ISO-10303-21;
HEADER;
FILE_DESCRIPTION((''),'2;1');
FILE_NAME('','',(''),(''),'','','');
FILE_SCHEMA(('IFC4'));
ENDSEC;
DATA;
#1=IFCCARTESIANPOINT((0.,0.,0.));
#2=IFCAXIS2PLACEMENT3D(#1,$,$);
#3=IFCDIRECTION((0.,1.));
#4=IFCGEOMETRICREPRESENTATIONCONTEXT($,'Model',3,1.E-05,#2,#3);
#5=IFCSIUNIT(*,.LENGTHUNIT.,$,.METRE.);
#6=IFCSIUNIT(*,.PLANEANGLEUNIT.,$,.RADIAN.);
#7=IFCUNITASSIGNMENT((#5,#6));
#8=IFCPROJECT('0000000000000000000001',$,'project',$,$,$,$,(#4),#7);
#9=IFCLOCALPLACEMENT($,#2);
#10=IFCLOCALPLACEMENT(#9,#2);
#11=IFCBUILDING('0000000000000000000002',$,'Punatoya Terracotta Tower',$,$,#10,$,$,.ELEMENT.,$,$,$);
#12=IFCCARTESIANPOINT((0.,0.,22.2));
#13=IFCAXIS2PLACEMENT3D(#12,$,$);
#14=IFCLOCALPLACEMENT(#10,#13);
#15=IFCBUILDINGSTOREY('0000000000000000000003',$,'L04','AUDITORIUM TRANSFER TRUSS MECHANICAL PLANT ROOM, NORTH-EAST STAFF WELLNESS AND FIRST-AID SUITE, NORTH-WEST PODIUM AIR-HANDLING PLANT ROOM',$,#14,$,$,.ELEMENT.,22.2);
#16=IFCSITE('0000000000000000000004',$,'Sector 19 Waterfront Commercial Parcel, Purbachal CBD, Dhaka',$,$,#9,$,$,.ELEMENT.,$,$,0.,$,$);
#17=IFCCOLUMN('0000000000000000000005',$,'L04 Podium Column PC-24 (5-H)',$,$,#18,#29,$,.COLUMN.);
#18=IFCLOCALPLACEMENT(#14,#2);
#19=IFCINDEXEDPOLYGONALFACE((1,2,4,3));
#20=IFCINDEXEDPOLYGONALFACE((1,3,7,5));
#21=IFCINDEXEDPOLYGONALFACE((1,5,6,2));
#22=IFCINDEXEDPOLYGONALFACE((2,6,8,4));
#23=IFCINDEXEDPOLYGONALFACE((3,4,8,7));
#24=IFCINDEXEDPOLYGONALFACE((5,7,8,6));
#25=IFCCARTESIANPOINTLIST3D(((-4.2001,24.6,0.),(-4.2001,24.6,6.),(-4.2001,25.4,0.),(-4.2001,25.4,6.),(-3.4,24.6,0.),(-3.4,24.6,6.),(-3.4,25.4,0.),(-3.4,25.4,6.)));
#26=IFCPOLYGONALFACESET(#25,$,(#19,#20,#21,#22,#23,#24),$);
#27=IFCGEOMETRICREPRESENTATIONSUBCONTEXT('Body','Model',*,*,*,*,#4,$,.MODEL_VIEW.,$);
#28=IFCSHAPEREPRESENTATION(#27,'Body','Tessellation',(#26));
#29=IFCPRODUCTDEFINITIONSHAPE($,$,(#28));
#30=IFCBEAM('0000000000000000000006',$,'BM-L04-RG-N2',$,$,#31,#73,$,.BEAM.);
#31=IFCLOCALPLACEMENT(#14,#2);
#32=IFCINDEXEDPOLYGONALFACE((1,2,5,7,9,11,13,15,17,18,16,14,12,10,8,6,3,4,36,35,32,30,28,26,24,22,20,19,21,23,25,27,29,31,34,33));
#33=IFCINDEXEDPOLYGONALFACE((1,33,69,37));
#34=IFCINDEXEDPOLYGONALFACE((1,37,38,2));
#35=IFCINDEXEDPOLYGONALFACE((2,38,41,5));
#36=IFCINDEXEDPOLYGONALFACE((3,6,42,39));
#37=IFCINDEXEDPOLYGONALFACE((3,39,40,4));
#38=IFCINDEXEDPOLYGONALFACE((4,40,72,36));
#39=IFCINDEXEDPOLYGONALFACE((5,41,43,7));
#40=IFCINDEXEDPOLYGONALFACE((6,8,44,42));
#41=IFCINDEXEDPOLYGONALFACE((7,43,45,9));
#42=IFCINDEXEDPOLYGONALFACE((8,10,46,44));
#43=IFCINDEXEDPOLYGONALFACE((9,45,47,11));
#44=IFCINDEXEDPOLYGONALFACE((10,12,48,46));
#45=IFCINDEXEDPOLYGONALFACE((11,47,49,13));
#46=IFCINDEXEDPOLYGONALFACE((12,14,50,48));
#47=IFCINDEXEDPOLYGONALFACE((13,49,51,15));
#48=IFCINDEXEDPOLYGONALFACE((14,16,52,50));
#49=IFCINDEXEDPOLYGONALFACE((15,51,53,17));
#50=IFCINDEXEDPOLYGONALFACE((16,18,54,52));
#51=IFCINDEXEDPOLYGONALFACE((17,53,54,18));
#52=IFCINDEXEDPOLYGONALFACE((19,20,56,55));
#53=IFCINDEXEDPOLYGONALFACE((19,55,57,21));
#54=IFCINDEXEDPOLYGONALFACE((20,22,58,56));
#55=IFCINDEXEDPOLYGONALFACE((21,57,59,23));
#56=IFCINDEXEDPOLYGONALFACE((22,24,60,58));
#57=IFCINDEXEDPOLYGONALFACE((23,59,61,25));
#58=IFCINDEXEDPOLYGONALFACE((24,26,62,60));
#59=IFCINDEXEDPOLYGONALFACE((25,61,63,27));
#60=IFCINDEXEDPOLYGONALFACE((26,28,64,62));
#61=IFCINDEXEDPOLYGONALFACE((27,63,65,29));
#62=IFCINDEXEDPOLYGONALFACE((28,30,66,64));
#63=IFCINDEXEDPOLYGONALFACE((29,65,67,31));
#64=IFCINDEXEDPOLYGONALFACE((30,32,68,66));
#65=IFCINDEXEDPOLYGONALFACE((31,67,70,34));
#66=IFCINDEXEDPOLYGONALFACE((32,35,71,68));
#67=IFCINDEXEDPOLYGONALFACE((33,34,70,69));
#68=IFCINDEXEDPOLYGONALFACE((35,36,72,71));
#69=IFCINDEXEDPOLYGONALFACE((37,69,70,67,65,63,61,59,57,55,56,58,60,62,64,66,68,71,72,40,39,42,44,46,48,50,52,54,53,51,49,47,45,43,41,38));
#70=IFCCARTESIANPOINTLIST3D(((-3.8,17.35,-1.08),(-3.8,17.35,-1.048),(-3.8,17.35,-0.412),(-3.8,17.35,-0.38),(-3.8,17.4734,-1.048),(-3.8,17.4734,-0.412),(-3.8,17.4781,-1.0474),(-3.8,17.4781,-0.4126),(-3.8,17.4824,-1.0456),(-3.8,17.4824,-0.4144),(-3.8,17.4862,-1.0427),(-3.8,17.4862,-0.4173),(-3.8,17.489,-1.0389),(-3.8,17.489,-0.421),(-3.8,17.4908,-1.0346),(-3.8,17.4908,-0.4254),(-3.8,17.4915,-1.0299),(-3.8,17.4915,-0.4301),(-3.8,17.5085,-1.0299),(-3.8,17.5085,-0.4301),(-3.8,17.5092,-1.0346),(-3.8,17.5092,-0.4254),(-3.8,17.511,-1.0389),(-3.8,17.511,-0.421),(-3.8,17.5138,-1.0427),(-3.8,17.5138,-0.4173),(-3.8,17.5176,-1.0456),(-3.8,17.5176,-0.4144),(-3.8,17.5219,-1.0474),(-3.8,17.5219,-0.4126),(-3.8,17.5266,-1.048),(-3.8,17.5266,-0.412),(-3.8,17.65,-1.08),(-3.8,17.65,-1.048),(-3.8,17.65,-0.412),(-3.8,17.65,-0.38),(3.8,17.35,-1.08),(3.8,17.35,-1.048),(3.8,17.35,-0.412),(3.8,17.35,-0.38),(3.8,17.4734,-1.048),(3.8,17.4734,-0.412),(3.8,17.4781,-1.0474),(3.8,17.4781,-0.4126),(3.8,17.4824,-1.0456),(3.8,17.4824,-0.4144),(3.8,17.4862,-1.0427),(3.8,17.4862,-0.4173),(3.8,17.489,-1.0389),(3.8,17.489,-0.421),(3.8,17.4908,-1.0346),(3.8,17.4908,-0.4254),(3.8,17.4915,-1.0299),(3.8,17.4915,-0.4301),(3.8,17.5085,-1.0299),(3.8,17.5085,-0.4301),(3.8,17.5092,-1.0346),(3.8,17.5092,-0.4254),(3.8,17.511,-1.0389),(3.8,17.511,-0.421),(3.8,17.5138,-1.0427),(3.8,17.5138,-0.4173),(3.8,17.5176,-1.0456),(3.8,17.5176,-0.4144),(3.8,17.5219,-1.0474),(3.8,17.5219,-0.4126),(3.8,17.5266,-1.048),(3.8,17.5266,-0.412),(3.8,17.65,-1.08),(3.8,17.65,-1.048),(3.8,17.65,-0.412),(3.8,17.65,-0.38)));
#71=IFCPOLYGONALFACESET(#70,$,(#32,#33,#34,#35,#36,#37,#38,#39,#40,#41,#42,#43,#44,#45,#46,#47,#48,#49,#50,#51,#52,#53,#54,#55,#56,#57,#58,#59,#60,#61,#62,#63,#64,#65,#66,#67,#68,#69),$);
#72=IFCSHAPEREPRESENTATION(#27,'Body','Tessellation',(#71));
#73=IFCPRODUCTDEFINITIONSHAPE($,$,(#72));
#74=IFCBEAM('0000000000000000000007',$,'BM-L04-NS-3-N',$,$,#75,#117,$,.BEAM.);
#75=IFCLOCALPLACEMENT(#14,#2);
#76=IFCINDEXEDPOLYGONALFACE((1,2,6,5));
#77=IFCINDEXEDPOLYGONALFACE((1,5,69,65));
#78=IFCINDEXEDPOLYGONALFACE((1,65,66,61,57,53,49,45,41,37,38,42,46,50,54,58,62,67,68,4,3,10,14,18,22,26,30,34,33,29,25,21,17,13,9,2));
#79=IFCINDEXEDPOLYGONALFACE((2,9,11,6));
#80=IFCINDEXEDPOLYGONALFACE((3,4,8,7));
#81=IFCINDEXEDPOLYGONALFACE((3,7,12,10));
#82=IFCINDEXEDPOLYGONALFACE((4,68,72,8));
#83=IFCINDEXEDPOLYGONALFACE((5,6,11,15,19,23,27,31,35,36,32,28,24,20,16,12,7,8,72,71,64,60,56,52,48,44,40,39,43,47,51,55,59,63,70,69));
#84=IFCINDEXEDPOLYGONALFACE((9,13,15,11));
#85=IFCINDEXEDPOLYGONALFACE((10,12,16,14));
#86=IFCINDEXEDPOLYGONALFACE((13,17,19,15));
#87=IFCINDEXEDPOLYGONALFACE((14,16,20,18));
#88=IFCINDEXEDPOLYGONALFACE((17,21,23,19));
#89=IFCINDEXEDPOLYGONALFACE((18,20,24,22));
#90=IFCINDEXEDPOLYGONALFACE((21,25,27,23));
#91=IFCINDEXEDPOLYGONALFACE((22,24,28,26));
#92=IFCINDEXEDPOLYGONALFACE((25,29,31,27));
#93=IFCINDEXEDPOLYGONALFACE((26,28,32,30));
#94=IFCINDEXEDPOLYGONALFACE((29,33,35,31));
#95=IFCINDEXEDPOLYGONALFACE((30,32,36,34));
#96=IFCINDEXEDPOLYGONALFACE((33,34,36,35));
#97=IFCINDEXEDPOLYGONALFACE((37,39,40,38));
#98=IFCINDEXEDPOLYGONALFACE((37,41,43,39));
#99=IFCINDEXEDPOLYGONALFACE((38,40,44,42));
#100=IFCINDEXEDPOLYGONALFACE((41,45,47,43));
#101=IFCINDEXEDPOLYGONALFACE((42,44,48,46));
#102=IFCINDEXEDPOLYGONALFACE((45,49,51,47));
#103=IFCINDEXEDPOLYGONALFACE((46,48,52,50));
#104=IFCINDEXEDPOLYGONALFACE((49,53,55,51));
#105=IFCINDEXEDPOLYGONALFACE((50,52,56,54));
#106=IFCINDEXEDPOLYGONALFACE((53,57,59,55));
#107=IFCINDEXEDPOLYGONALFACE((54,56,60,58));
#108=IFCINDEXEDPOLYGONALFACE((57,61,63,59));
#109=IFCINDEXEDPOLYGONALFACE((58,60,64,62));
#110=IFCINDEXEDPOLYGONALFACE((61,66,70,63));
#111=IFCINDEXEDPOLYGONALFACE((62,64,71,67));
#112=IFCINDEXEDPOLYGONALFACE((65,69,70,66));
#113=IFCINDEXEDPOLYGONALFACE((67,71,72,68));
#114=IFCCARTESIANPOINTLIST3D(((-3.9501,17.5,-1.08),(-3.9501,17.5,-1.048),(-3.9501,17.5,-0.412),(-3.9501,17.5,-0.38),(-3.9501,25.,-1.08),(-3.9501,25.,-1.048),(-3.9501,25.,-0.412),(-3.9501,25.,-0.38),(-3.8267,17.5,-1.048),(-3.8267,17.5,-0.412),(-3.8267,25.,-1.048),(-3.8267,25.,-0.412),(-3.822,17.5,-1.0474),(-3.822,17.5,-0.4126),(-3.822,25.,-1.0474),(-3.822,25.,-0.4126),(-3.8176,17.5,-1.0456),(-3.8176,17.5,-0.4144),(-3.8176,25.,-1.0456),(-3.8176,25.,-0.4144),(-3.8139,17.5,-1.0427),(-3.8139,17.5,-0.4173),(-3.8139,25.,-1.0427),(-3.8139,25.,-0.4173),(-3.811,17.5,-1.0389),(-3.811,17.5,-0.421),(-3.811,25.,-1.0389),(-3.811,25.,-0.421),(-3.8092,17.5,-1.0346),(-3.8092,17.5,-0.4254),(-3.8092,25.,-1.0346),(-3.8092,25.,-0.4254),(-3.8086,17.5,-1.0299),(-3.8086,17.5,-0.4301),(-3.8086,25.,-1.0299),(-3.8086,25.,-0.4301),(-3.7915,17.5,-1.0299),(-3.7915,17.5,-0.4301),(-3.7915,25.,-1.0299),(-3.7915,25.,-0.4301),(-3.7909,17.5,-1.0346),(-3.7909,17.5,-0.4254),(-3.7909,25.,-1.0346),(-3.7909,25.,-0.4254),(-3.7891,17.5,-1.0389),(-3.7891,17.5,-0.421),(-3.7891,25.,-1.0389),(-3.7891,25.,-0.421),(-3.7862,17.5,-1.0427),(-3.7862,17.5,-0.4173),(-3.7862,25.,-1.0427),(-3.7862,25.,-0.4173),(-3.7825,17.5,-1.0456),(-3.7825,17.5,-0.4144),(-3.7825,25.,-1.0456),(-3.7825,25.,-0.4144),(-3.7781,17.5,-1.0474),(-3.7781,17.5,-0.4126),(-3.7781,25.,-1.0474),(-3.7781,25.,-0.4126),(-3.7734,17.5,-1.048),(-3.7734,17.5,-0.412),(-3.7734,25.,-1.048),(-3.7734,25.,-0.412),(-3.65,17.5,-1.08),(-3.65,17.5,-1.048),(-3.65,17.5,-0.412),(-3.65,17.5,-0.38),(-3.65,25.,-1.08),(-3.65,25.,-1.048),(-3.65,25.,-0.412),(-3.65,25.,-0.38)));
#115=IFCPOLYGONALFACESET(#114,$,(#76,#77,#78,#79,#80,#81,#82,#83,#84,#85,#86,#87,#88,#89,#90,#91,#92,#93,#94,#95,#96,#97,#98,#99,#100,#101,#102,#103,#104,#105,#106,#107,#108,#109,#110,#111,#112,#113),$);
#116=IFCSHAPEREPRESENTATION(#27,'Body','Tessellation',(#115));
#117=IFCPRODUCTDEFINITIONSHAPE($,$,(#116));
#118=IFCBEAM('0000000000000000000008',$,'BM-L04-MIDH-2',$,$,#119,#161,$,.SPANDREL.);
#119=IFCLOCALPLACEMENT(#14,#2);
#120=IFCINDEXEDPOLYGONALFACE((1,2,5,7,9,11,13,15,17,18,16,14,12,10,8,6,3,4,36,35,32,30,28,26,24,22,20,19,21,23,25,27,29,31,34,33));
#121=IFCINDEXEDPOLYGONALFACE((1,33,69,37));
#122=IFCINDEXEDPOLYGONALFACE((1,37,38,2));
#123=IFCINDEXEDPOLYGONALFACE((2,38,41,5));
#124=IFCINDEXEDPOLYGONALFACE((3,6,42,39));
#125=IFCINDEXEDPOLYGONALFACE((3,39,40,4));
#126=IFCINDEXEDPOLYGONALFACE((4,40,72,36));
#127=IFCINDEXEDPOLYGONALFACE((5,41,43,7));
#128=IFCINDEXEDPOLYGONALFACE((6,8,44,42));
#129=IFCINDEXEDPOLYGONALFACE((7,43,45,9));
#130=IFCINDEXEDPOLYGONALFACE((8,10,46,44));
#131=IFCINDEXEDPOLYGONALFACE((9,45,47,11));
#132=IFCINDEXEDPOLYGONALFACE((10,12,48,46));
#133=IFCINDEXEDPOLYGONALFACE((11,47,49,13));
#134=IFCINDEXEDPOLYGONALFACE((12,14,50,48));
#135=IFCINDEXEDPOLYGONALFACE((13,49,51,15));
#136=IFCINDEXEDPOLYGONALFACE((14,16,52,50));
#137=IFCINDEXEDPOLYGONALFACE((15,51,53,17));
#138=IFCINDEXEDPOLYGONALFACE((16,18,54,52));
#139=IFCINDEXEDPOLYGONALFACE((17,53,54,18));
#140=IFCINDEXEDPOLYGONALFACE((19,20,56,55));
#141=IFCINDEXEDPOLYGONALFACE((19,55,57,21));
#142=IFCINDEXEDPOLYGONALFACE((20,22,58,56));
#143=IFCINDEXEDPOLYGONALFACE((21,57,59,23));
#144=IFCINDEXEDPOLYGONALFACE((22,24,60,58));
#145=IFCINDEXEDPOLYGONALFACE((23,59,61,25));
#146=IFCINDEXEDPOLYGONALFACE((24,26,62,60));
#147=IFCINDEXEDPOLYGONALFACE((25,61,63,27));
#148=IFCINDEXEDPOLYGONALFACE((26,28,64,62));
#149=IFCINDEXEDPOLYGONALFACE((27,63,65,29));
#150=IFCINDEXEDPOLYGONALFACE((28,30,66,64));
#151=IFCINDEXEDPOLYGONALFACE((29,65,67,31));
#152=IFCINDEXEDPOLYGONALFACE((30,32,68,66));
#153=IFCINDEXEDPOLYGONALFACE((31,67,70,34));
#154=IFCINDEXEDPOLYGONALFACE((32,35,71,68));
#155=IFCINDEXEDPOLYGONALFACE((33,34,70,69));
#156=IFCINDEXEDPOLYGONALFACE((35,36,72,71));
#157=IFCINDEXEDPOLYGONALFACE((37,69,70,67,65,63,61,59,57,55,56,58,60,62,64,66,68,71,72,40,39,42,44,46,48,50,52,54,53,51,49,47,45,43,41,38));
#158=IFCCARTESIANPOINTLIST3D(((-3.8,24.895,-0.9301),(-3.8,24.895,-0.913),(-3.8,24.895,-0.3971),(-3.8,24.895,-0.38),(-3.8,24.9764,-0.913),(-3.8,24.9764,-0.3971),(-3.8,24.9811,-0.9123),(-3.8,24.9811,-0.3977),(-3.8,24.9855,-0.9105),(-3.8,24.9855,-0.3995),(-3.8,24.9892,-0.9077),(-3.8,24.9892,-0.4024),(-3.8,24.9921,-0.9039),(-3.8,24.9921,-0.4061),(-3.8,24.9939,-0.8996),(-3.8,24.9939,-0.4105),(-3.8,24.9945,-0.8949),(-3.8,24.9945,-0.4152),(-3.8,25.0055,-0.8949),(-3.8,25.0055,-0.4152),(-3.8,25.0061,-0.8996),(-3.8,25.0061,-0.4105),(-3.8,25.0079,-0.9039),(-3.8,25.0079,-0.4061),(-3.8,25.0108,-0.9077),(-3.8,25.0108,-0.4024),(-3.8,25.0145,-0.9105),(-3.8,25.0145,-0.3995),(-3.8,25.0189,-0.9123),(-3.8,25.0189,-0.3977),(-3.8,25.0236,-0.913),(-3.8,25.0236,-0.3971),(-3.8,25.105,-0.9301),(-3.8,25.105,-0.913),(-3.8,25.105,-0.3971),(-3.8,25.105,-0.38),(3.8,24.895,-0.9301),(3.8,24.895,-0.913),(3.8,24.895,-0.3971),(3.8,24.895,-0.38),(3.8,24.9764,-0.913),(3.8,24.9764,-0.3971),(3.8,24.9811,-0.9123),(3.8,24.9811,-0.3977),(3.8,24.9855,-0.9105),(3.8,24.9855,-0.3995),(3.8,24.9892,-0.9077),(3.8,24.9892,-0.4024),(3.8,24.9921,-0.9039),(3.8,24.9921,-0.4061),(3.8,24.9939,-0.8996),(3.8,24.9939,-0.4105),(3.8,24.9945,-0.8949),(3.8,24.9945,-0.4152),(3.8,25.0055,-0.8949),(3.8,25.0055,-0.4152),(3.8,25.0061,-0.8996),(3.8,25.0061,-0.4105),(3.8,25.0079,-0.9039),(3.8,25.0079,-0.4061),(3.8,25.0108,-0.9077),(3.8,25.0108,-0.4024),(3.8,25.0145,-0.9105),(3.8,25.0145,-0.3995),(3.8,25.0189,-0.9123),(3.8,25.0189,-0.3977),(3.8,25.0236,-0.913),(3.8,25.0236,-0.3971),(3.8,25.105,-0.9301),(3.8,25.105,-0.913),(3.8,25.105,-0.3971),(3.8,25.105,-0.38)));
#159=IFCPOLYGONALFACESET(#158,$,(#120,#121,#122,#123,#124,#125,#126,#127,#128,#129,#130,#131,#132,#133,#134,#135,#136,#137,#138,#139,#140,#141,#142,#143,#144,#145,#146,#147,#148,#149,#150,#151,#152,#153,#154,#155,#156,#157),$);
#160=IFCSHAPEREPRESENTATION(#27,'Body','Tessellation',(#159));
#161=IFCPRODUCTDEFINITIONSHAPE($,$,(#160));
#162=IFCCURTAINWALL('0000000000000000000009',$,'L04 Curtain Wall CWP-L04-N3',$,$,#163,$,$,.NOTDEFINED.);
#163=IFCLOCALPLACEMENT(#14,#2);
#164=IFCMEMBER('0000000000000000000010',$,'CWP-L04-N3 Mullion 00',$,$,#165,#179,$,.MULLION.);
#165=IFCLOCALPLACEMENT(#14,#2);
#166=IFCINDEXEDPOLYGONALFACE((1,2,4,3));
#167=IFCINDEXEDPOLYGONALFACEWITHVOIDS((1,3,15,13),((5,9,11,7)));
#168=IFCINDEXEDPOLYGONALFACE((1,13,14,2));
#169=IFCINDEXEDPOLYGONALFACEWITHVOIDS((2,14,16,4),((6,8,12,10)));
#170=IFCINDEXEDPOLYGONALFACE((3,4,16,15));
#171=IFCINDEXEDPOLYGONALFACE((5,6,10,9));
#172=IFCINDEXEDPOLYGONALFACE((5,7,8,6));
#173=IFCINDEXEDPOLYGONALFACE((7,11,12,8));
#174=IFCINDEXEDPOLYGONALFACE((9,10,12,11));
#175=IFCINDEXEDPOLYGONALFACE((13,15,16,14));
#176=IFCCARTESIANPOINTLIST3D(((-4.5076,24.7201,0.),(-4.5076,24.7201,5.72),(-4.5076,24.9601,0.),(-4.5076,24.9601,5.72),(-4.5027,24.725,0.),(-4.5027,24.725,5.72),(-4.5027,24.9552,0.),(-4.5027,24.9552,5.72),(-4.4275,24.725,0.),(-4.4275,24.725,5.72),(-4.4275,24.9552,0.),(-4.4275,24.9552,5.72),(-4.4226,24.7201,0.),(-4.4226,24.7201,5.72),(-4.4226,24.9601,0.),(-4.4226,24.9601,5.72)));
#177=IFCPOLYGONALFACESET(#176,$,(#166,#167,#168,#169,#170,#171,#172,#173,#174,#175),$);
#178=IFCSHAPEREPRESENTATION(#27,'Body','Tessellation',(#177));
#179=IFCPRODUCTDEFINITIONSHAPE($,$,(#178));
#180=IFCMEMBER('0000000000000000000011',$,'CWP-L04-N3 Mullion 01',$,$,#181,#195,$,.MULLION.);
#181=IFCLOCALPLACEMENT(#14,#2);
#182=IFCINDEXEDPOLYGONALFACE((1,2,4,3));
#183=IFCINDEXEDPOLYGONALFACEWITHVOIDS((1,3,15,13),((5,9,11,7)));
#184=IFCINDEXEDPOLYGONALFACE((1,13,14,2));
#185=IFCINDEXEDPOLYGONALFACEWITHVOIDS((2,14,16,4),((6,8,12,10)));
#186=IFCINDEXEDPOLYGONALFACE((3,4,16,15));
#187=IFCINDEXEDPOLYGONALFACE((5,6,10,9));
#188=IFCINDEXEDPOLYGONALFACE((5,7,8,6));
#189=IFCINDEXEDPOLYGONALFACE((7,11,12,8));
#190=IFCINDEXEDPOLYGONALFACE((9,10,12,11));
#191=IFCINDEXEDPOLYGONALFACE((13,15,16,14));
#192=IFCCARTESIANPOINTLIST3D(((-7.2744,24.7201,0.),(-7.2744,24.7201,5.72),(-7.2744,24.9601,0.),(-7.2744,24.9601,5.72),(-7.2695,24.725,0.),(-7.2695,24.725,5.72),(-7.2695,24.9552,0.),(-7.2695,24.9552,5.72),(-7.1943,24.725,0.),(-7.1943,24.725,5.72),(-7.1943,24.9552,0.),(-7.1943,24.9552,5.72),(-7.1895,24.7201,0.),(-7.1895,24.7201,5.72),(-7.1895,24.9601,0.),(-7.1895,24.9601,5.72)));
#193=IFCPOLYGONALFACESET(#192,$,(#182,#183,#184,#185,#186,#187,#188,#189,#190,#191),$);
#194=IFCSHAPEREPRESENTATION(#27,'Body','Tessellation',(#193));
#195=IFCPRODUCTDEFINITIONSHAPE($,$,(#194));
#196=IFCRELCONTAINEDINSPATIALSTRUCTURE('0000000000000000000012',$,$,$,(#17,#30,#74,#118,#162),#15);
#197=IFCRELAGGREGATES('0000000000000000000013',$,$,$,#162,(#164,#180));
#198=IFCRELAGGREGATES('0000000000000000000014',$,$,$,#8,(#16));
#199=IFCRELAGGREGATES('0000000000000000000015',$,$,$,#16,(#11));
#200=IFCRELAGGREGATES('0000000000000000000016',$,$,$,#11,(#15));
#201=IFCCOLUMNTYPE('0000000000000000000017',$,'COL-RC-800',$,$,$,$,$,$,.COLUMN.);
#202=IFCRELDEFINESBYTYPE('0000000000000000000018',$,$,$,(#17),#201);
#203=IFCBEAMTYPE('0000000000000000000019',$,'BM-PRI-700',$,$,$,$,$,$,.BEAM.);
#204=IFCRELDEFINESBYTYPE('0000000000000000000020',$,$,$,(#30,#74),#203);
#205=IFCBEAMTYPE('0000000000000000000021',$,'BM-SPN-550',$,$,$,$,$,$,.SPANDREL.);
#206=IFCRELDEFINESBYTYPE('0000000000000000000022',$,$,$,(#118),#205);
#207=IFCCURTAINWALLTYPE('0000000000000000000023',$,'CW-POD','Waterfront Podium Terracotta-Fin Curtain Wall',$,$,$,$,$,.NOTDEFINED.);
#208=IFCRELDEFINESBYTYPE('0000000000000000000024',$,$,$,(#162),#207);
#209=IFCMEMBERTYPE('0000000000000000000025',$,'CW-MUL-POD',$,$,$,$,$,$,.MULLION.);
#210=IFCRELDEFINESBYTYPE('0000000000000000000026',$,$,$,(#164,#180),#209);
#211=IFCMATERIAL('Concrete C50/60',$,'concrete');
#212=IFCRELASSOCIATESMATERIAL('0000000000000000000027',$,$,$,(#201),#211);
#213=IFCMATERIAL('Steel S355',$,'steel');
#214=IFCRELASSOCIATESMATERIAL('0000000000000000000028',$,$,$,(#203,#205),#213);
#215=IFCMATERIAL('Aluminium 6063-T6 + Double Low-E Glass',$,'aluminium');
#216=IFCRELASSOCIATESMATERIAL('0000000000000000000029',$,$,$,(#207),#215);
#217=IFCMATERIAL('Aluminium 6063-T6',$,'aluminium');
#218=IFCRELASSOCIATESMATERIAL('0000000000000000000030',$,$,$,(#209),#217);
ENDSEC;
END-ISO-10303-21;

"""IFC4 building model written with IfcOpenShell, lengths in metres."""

from ifc_helpers import new_model, si_unit, direction, frame, origin, origin_2d, place, context, subcontext, project, spatial, rectangle, hollow_rectangle, i_section, extrude, material, material_profile, profile_set, type_object, element, aggregate, save


model = new_model("IFC4")

# Units and contexts
model_context = context("Model", 3, precision=1e-05, world=origin(), true_north=direction((0.0, 1.0)))
body_context = subcontext(model_context, "Body", "Model", "MODEL_VIEW")
ifc_project = project(units=[si_unit("LENGTHUNIT", "METRE"), si_unit("PLANEANGLEUNIT", "RADIAN")], contexts=[model_context])

# Site, building, storey
site_placement = place(None, origin())
site = spatial("IfcSite", under=ifc_project, at=site_placement, Name="Sector 19 Waterfront Commercial Parcel, Purbachal CBD, Dhaka", CompositionType="ELEMENT", RefElevation=0.0)
building_placement = place(site_placement, origin())
building = spatial("IfcBuilding", under=site, at=building_placement, Name="Punatoya Terracotta Tower", CompositionType="ELEMENT")
storey_placement = place(building_placement, frame((0.0, 0.0, 22.2)))
storey = spatial("IfcBuildingStorey", under=building, at=storey_placement, Name="L04", Description="AUDITORIUM TRANSFER TRUSS MECHANICAL PLANT ROOM, NORTH-EAST STAFF WELLNESS AND FIRST-AID SUITE, NORTH-WEST PODIUM AIR-HANDLING PLANT ROOM", CompositionType="ELEMENT", Elevation=22.2)

# Column
ifc_material_1 = material(Name="Concrete C50/60", Category="concrete")
ifc_material_profile_1 = material_profile(ifc_material_1, rectangle(XDim=0.8, YDim=0.8, at=origin_2d()))
ifc_profile_set_1 = profile_set([ifc_material_profile_1], Name="Concrete C50/60")
column_type = type_object("IfcColumnType", Name="COL-RC-800", PredefinedType="COLUMN", material=ifc_profile_set_1)
column_placement = place(storey_placement, frame((-3.8, 25.0, 0.0), z_axis=(0.0, 0.0, 1.0), x_axis=(1.0, 0.0, 0.0)))
element("IfcColumn", 1, at=column_placement, inside=storey, type_object=column_type, Name="L04 Podium Column PC-24 (5-H)", PredefinedType="COLUMN", context=body_context, shape_type="SweptSolid", body=[
    extrude(rectangle(XDim=0.8, YDim=0.8, at=origin_2d()), origin(), (0.0, 0.0, 1.0), 6.0),
])

# Beams
ifc_material_2 = material(Name="Steel S355", Category="steel")
ifc_material_profile_2 = material_profile(ifc_material_2, i_section(OverallWidth=0.3, OverallDepth=0.7, WebThickness=0.0171, FlangeThickness=0.032, FilletRadius=0.0181, at=origin_2d()))
ifc_profile_set_2 = profile_set([ifc_material_profile_2], Name="Steel S355")
beam_type_1 = type_object("IfcBeamType", Name="BM-PRI-700", PredefinedType="BEAM", material=ifc_profile_set_2)
beam_1_placement = place(storey_placement, frame((-3.8, 17.5, -0.73), z_axis=(1.0, 0.0, 0.0), x_axis=(0.0, 1.0, 0.0)))
element("IfcBeam", 2, at=beam_1_placement, inside=storey, type_object=beam_type_1, Name="BM-L04-RG-N2", PredefinedType="BEAM", context=body_context, shape_type="SweptSolid", body=[
    extrude(i_section(OverallWidth=0.3, OverallDepth=0.7, WebThickness=0.0171, FlangeThickness=0.032, FilletRadius=0.0181, at=origin_2d()), origin(), (0.0, 0.0, 1.0), 7.6001),
])
beam_2_placement = place(storey_placement, frame((-3.8, 17.5, -0.73), z_axis=(0.0, 1.0, 0.0), x_axis=(-1.0, 0.0, 0.0)))
element("IfcBeam", 3, at=beam_2_placement, inside=storey, type_object=beam_type_1, Name="BM-L04-NS-3-N", PredefinedType="BEAM", context=body_context, shape_type="SweptSolid", body=[
    extrude(i_section(OverallWidth=0.3, OverallDepth=0.7, WebThickness=0.0171, FlangeThickness=0.032, FilletRadius=0.0181, at=origin_2d()), origin(), (0.0, 0.0, 1.0), 7.5),
])
ifc_material_profile_3 = material_profile(ifc_material_2, i_section(OverallWidth=0.21, OverallDepth=0.55, WebThickness=0.011, FlangeThickness=0.0171, FilletRadius=0.0181, at=origin_2d()))
ifc_profile_set_3 = profile_set([ifc_material_profile_3], Name="Steel S355")
beam_type_2 = type_object("IfcBeamType", Name="BM-SPN-550", PredefinedType="SPANDREL", material=ifc_profile_set_3)
beam_3_placement = place(storey_placement, frame((-3.8, 25.0, -0.655), z_axis=(1.0, 0.0, 0.0), x_axis=(0.0, 1.0, 0.0)))
element("IfcBeam", 4, at=beam_3_placement, inside=storey, type_object=beam_type_2, Name="BM-L04-MIDH-2", PredefinedType="SPANDREL", context=body_context, shape_type="SweptSolid", body=[
    extrude(i_section(OverallWidth=0.21, OverallDepth=0.55, WebThickness=0.011, FlangeThickness=0.0171, FilletRadius=0.0181, at=origin_2d()), origin(), (0.0, 0.0, 1.0), 7.6001),
])

# Curtain wall, members
ifc_material_3 = material(Name="Aluminium 6063-T6 + Double Low-E Glass", Category="aluminium")
curtain_wall_type = type_object("IfcCurtainWallType", Name="CW-POD", Description="Waterfront Podium Terracotta-Fin Curtain Wall", PredefinedType="NOTDEFINED", material=ifc_material_3)
curtain_wall_1_placement = place(storey_placement, origin())
curtain_wall_1 = element("IfcCurtainWall", 5, at=curtain_wall_1_placement, inside=storey, type_object=curtain_wall_type, Name="L04 Curtain Wall CWP-L04-N3", PredefinedType="NOTDEFINED")
ifc_material_4 = material(Name="Aluminium 6063-T6", Category="aluminium")
ifc_material_profile_4 = material_profile(ifc_material_4, hollow_rectangle(XDim=0.085, YDim=0.24, WallThickness=0.0049, at=origin_2d()))
ifc_profile_set_4 = profile_set([ifc_material_profile_4], Name="Aluminium 6063-T6")
member_type_1 = type_object("IfcMemberType", Name="CW-MUL-POD", PredefinedType="MULLION", material=ifc_profile_set_4)
member_1_placement = place(storey_placement, frame((-4.4651, 24.8401, 0.0), z_axis=(0.0, 0.0, 1.0), x_axis=(1.0, 0.0, 0.0)))
member_1 = element("IfcMember", 6, at=member_1_placement, type_object=member_type_1, Name="CWP-L04-N3 Mullion 00", PredefinedType="MULLION", context=body_context, shape_type="SweptSolid", body=[
    extrude(hollow_rectangle(XDim=0.085, YDim=0.24, WallThickness=0.0049, at=origin_2d()), origin(), (0.0, 0.0, 1.0), 5.72),
])
member_2_placement = place(storey_placement, frame((-7.2319, 24.8401, 0.0), z_axis=(0.0, 0.0, 1.0), x_axis=(1.0, 0.0, 0.0)))
member_2 = element("IfcMember", 7, at=member_2_placement, type_object=member_type_1, Name="CWP-L04-N3 Mullion 01", PredefinedType="MULLION", context=body_context, shape_type="SweptSolid", body=[
    extrude(hollow_rectangle(XDim=0.085, YDim=0.24, WallThickness=0.0049, at=origin_2d()), origin(), (0.0, 0.0, 1.0), 5.72),
])

aggregate(curtain_wall_1, [member_1, member_2])

save(model, "model.ifc")
